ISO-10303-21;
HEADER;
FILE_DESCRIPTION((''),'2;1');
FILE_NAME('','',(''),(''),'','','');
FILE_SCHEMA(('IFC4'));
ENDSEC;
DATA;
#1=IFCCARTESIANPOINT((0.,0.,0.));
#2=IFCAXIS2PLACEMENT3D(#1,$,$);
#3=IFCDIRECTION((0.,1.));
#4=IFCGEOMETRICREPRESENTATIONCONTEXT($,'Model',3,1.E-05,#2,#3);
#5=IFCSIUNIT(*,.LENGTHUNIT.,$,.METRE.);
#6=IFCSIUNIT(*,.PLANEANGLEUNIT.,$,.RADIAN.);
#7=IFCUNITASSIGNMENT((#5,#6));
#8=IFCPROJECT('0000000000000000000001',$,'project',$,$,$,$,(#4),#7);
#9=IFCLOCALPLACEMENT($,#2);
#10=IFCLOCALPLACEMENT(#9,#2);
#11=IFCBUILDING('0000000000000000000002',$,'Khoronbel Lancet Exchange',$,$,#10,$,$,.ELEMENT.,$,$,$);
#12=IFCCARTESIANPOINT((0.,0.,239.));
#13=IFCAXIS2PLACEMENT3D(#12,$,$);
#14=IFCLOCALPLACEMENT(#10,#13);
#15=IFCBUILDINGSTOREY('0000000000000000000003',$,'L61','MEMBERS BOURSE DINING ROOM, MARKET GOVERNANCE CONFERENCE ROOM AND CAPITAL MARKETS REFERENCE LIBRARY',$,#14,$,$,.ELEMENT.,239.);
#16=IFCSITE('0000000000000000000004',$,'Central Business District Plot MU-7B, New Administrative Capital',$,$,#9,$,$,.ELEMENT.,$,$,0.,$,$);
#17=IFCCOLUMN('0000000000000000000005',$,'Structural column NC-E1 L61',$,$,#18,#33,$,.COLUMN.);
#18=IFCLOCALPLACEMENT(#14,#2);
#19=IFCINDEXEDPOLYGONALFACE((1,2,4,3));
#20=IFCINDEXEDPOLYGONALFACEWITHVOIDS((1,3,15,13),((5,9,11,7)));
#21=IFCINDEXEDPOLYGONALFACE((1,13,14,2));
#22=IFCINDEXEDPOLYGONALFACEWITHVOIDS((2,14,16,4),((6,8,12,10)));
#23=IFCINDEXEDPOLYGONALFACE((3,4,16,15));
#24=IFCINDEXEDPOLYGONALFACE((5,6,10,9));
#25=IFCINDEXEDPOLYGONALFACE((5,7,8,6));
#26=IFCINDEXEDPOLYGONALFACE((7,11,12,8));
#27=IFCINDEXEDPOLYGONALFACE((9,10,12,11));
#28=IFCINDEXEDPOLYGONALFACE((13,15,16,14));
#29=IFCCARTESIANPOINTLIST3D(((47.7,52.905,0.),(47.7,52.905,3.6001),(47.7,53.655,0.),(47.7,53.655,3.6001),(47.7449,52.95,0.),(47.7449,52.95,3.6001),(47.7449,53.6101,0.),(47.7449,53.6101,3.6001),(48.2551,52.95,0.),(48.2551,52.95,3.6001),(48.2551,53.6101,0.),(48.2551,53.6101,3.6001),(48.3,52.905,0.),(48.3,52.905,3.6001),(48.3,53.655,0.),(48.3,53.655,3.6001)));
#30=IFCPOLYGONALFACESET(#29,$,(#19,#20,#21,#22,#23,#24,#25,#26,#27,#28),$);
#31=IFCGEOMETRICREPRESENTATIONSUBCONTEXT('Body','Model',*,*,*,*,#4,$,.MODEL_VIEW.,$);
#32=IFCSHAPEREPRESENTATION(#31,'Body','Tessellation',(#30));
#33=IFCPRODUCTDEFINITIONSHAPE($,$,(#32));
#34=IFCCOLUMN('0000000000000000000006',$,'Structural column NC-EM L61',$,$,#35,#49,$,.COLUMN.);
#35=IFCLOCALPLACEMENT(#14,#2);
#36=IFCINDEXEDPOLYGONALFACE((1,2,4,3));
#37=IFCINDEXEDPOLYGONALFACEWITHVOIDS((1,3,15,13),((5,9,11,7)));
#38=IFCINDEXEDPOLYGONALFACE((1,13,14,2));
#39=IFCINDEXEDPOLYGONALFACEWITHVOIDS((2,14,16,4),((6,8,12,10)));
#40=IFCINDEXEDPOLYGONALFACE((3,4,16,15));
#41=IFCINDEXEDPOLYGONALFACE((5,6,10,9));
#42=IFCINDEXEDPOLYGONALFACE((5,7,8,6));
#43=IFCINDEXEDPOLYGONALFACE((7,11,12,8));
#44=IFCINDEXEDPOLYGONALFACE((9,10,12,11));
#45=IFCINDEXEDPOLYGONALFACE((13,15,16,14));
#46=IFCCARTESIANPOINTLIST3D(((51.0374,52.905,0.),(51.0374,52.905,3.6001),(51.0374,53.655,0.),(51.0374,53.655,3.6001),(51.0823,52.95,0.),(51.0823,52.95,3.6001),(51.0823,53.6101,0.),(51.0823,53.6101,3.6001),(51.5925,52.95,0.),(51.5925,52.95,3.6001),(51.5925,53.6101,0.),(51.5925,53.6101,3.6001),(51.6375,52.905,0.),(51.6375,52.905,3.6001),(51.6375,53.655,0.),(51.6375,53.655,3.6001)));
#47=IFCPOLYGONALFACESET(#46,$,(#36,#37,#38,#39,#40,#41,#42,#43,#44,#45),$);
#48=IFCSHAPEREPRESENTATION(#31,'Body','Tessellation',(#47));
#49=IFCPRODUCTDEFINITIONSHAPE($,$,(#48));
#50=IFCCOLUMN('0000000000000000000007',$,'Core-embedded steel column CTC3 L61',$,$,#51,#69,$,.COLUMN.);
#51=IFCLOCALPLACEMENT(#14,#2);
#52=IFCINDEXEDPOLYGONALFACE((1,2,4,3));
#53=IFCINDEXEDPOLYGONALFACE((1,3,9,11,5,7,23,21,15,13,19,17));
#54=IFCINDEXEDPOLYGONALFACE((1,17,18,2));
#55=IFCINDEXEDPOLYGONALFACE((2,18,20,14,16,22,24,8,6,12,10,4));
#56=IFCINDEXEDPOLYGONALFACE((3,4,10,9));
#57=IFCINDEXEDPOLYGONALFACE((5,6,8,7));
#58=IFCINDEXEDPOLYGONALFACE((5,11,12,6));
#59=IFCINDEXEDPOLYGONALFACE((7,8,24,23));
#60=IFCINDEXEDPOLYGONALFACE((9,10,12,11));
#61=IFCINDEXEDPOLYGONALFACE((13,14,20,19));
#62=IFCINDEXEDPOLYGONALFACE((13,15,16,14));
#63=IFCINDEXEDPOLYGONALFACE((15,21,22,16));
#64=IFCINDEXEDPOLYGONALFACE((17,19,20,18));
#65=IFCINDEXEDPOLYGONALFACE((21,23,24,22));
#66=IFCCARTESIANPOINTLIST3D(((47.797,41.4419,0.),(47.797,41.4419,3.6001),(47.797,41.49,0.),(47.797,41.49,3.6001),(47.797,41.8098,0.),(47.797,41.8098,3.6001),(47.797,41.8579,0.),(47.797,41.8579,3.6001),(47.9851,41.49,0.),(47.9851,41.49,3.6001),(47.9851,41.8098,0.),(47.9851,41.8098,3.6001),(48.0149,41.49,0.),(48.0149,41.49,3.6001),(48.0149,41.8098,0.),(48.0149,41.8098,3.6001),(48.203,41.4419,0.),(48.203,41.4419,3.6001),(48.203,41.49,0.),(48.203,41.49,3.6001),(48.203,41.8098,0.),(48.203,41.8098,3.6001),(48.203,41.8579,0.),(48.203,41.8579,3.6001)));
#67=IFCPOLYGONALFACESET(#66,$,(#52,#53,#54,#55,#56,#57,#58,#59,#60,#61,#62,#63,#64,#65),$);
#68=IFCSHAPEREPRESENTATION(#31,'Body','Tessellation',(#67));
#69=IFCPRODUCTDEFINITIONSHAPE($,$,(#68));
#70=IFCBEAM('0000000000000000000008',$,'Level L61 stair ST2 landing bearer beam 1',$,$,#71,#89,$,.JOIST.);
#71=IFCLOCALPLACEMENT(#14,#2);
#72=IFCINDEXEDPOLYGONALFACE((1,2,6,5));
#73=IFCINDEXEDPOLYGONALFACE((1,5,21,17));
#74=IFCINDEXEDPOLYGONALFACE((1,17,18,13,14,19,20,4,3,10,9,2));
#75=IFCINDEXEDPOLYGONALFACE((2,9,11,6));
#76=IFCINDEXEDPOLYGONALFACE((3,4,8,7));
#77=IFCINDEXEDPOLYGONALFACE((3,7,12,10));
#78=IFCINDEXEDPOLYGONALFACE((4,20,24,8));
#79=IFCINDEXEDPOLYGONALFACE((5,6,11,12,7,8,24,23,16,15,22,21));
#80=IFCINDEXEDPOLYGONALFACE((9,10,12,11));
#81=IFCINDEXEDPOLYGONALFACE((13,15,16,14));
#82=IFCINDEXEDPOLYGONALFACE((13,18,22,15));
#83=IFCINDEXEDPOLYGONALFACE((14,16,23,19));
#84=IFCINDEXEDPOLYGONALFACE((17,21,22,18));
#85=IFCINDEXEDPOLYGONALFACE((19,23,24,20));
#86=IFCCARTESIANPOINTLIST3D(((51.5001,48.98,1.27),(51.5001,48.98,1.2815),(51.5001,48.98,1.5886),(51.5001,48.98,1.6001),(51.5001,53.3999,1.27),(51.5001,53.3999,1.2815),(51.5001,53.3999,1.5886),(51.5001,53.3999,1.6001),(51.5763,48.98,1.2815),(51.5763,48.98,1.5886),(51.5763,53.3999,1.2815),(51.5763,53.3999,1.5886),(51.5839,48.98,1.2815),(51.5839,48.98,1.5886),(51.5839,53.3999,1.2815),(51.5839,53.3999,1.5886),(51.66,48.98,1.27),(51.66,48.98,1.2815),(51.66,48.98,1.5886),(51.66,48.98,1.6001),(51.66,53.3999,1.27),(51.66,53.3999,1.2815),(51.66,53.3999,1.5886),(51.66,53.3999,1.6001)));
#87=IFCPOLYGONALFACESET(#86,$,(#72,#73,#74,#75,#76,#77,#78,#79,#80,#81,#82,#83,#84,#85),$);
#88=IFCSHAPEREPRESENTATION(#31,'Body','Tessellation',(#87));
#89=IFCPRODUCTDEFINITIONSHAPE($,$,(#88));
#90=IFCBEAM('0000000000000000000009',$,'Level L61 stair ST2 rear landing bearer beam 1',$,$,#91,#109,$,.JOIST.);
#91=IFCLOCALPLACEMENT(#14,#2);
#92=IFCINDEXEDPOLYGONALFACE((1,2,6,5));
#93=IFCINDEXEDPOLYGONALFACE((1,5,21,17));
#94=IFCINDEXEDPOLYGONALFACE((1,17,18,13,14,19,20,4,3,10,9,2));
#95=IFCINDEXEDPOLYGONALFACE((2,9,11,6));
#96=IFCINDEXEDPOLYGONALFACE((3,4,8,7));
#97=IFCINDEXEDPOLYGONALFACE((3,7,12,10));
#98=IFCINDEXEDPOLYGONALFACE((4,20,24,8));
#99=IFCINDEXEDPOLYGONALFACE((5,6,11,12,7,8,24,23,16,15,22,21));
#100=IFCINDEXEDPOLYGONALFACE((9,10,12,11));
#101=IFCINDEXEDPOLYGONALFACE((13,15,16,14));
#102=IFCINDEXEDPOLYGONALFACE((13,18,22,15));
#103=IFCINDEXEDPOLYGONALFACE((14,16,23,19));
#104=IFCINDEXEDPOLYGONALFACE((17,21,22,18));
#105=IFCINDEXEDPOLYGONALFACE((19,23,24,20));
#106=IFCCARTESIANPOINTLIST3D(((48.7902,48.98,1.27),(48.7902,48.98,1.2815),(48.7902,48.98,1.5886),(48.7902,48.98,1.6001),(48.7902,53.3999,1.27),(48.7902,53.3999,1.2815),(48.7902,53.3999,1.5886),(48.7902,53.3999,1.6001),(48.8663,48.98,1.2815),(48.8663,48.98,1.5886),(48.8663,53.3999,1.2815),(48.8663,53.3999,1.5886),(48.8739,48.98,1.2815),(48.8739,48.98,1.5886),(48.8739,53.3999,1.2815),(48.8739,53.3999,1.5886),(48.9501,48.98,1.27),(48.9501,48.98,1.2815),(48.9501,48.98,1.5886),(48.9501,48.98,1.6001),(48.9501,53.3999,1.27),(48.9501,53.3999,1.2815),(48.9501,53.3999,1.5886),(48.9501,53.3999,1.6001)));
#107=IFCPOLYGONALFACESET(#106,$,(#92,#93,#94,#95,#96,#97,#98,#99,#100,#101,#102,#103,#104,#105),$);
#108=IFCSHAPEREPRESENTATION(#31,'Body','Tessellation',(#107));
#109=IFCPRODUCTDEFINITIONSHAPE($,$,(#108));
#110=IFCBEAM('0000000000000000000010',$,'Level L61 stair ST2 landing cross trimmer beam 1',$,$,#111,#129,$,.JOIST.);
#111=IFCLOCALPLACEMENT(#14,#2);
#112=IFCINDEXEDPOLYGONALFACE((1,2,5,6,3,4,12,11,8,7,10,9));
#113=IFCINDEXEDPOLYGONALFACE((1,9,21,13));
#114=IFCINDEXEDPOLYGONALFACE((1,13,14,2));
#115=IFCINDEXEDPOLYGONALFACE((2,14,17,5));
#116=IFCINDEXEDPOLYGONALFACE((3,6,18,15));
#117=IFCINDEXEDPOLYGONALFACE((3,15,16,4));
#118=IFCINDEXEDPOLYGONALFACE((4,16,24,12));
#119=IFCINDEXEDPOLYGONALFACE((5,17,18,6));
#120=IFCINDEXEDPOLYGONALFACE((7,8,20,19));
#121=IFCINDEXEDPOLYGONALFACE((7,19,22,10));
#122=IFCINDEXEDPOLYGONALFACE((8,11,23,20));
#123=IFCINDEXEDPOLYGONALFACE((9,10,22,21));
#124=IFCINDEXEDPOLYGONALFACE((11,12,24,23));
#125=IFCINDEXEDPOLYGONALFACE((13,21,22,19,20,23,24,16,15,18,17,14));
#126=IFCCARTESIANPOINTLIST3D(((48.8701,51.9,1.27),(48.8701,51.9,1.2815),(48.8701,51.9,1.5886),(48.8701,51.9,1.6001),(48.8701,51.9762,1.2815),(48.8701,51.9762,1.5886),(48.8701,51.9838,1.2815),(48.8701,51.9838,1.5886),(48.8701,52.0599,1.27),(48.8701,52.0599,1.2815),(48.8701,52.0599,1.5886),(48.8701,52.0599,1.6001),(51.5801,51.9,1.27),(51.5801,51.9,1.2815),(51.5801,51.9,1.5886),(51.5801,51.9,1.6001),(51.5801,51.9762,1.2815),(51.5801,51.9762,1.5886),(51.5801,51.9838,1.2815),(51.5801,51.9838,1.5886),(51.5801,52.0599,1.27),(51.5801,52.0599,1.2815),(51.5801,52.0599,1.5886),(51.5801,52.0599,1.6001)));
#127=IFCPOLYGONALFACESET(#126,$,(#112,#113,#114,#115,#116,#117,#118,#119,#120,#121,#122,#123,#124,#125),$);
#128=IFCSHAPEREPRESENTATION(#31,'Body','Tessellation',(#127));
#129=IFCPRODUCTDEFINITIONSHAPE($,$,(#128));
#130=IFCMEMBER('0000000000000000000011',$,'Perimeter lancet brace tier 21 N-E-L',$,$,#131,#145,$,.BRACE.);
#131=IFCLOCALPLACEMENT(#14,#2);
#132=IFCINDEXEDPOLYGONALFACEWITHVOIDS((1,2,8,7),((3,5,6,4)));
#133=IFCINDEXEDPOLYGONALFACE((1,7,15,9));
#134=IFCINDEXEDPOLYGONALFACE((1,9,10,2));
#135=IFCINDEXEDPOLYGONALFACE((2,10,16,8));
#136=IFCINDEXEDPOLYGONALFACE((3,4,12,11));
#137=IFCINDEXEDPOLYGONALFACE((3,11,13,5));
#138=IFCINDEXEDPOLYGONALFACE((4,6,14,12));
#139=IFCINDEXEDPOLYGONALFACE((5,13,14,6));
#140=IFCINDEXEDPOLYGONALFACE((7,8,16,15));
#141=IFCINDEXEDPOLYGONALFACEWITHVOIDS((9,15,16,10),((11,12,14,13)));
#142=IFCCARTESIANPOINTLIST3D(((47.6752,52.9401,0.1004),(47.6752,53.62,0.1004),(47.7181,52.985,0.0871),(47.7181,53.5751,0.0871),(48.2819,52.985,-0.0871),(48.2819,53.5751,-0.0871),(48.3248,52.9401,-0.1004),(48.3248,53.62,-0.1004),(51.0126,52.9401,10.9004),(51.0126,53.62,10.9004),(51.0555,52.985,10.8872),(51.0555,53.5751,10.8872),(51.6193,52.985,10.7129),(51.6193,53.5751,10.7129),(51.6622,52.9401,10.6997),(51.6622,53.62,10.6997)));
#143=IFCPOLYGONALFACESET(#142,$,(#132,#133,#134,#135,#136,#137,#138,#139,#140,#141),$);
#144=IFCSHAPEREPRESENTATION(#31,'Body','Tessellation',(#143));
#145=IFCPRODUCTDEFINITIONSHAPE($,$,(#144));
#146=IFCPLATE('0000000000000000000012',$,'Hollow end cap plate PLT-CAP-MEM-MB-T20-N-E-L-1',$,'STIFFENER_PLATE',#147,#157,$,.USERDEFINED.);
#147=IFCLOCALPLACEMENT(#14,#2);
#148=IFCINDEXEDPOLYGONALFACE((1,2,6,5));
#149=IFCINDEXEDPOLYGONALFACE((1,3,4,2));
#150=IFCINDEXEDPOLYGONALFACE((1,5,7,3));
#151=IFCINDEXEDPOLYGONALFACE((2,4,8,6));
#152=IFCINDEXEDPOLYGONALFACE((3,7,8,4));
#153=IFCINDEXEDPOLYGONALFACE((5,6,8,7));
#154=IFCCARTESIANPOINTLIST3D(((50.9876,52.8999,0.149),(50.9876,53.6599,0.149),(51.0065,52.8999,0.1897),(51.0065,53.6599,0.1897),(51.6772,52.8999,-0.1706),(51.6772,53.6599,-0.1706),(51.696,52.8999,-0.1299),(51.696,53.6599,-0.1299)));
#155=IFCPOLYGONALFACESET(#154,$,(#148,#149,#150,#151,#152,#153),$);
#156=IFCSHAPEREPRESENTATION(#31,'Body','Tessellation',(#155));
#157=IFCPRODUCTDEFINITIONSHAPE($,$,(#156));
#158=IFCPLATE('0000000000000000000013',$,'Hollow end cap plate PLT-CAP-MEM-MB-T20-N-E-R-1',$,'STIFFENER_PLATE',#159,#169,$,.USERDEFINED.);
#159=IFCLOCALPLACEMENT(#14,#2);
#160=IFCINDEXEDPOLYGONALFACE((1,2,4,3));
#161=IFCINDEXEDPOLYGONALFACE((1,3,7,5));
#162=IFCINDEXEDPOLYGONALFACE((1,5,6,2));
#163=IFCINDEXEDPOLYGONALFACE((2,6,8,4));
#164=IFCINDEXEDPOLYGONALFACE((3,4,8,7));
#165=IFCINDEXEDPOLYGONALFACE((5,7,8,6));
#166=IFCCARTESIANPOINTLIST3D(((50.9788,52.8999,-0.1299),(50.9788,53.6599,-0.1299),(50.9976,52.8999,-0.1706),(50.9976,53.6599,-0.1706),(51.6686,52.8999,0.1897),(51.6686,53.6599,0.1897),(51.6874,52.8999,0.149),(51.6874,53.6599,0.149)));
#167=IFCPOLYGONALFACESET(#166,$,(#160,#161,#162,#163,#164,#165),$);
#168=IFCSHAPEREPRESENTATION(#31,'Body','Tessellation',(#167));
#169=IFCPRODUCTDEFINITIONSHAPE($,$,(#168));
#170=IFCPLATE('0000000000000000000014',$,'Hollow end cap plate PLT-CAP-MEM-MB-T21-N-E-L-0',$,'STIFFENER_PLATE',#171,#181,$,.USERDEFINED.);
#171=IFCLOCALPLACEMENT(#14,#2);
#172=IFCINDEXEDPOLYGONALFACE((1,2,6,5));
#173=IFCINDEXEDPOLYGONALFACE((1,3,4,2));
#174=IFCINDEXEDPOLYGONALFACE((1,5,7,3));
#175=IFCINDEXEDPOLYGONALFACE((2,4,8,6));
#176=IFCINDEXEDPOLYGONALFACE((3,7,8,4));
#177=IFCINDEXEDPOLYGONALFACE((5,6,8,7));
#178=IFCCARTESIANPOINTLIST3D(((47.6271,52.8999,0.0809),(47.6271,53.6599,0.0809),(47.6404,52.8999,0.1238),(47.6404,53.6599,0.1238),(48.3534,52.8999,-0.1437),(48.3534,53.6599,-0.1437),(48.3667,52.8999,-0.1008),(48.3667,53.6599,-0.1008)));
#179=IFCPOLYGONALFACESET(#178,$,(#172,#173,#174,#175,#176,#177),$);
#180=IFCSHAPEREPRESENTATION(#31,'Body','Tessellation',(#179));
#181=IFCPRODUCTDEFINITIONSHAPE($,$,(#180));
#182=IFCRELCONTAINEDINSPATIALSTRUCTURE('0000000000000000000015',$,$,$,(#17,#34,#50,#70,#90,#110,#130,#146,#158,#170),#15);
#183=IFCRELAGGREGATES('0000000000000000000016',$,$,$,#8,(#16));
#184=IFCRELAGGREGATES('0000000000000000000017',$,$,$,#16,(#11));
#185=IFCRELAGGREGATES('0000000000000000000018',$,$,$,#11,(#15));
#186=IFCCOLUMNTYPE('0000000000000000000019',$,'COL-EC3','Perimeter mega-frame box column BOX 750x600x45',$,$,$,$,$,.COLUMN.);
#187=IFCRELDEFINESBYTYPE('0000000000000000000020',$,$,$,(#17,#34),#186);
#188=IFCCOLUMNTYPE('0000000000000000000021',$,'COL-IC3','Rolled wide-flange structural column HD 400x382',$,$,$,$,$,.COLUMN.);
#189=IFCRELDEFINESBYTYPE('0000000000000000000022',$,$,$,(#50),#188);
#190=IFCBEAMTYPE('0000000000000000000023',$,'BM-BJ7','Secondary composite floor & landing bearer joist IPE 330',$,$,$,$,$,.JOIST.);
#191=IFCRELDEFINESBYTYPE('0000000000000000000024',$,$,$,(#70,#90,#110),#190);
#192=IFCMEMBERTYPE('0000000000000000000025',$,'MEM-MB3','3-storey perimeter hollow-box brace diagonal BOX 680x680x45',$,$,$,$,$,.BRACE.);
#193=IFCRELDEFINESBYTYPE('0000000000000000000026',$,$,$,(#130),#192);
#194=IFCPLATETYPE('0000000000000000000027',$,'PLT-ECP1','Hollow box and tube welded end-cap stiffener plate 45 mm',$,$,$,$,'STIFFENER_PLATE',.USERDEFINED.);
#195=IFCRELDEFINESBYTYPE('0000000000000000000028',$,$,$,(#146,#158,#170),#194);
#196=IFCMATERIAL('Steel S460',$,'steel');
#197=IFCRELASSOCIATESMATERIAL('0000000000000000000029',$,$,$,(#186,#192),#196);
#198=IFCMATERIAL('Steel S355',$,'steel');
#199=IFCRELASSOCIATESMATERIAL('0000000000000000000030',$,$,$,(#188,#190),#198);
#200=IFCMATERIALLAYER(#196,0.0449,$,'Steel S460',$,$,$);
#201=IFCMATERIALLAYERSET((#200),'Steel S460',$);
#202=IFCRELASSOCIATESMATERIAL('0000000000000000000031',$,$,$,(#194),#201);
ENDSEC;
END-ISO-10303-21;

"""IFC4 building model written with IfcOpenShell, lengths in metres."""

from ifc_helpers import new_model, si_unit, direction, frame, origin, origin_2d, place, context, subcontext, project, spatial, polyline, hollow_rectangle, i_section, outline, extrude, material, layer, layer_set, material_profile, profile_set, type_object, element, save


model = new_model("IFC4")

# Units and contexts
model_context = context("Model", 3, precision=1e-05, world=origin(), true_north=direction((0.0, 1.0)))
body_context = subcontext(model_context, "Body", "Model", "MODEL_VIEW")
ifc_project = project(units=[si_unit("LENGTHUNIT", "METRE"), si_unit("PLANEANGLEUNIT", "RADIAN")], contexts=[model_context])

# Site, building, storey
site_placement = place(None, origin())
site = spatial("IfcSite", under=ifc_project, at=site_placement, Name="Central Business District Plot MU-7B, New Administrative Capital", CompositionType="ELEMENT", RefElevation=0.0)
building_placement = place(site_placement, origin())
building = spatial("IfcBuilding", under=site, at=building_placement, Name="Khoronbel Lancet Exchange", CompositionType="ELEMENT")
storey_placement = place(building_placement, frame((0.0, 0.0, 239.0)))
storey = spatial("IfcBuildingStorey", under=building, at=storey_placement, Name="L61", Description="MEMBERS BOURSE DINING ROOM, MARKET GOVERNANCE CONFERENCE ROOM AND CAPITAL MARKETS REFERENCE LIBRARY", CompositionType="ELEMENT", Elevation=239.0)

# Columns
ifc_material_1 = material(Name="Steel S460", Category="steel")
ifc_material_profile_1 = material_profile(ifc_material_1, hollow_rectangle(XDim=0.6001, YDim=0.75, WallThickness=0.0449, at=origin_2d()), Name="BOX 750x600x45")
ifc_profile_set_1 = profile_set([ifc_material_profile_1], Name="Steel S460")
column_type_1 = type_object("IfcColumnType", Name="COL-EC3", Description="Perimeter mega-frame box column BOX 750x600x45", PredefinedType="COLUMN", material=ifc_profile_set_1)
for number, where, z_axis, x_axis, name in (
    (1, (48.0, 53.28, 0.0), (0.0, 0.0, 1.0), (1.0, 0.0, 0.0), "Structural column NC-E1 L61"),
    (2, (51.3374, 53.28, 0.0), (0.0, 0.0, 1.0), (1.0, 0.0, 0.0), "Structural column NC-EM L61"),
):
    element("IfcColumn", number, at=place(storey_placement, frame(where, z_axis=z_axis, x_axis=x_axis)), inside=storey, type_object=column_type_1, Name=name, PredefinedType="COLUMN", context=body_context, shape_type="SweptSolid", body=[
        extrude(hollow_rectangle(XDim=0.6001, YDim=0.75, WallThickness=0.0449, at=origin_2d()), origin(), (0.0, 0.0, 1.0), 3.6001),
    ])
ifc_material_2 = material(Name="Steel S355", Category="steel")
ifc_material_profile_2 = material_profile(ifc_material_2, i_section(OverallWidth=0.406, OverallDepth=0.416, WebThickness=0.0298, FlangeThickness=0.0481, at=origin_2d()), Name="HD 400x382")
ifc_profile_set_2 = profile_set([ifc_material_profile_2], Name="Steel S355")
column_type_2 = type_object("IfcColumnType", Name="COL-IC3", Description="Rolled wide-flange structural column HD 400x382", PredefinedType="COLUMN", material=ifc_profile_set_2)
column_placement = place(storey_placement, frame((48.0, 41.6499, 0.0), z_axis=(0.0, 0.0, 1.0), x_axis=(1.0, 0.0, 0.0)))
element("IfcColumn", 3, at=column_placement, inside=storey, type_object=column_type_2, Name="Core-embedded steel column CTC3 L61", PredefinedType="COLUMN", context=body_context, shape_type="SweptSolid", body=[
    extrude(i_section(OverallWidth=0.406, OverallDepth=0.416, WebThickness=0.0298, FlangeThickness=0.0481, at=origin_2d()), origin(), (0.0, 0.0, 1.0), 3.6001),
])

# Beams
ifc_material_profile_3 = material_profile(ifc_material_2, i_section(OverallWidth=0.1599, OverallDepth=0.3301, WebThickness=0.0076, FlangeThickness=0.0115, at=origin_2d()), Name="IPE 330")
ifc_profile_set_3 = profile_set([ifc_material_profile_3], Name="Steel S355")
beam_type = type_object("IfcBeamType", Name="BM-BJ7", Description="Secondary composite floor & landing bearer joist IPE 330", PredefinedType="JOIST", material=ifc_profile_set_3)
for number, where, z_axis, x_axis, name in (
    (4, (51.5801, 48.98, 1.4351), (0.0, 1.0, 0.0), (-1.0, 0.0, 0.0), "Level L61 stair ST2 landing bearer beam 1"),
    (5, (48.8701, 48.98, 1.4351), (0.0, 1.0, 0.0), (-1.0, 0.0, 0.0), "Level L61 stair ST2 rear landing bearer beam 1"),
):
    element("IfcBeam", number, at=place(storey_placement, frame(where, z_axis=z_axis, x_axis=x_axis)), inside=storey, type_object=beam_type, Name=name, PredefinedType="JOIST", context=body_context, shape_type="SweptSolid", body=[
        extrude(i_section(OverallWidth=0.1599, OverallDepth=0.3301, WebThickness=0.0076, FlangeThickness=0.0115, at=origin_2d()), origin(), (0.0, 0.0, 1.0), 4.4199),
    ])
beam_placement = place(storey_placement, frame((48.8701, 51.98, 1.4351), z_axis=(1.0, 0.0, 0.0), x_axis=(0.0, 1.0, 0.0)))
element("IfcBeam", 6, at=beam_placement, inside=storey, type_object=beam_type, Name="Level L61 stair ST2 landing cross trimmer beam 1", PredefinedType="JOIST", context=body_context, shape_type="SweptSolid", body=[
    extrude(i_section(OverallWidth=0.1599, OverallDepth=0.3301, WebThickness=0.0076, FlangeThickness=0.0115, at=origin_2d()), origin(), (0.0, 0.0, 1.0), 2.71),
])

# Member
ifc_material_profile_4 = material_profile(ifc_material_1, hollow_rectangle(XDim=0.6799, YDim=0.6799, WallThickness=0.0449, at=origin_2d()), Name="BOX 680x680x45")
ifc_profile_set_4 = profile_set([ifc_material_profile_4], Name="Steel S460")
member_type = type_object("IfcMemberType", Name="MEM-MB3", Description="3-storey perimeter hollow-box brace diagonal BOX 680x680x45", PredefinedType="BRACE", material=ifc_profile_set_4)
member_placement = place(storey_placement, frame((48.0, 53.28, 0.0), z_axis=(0.295242, 0.0, 0.955422), x_axis=(0.0, 1.0, 0.0)))
element("IfcMember", 7, at=member_placement, inside=storey, type_object=member_type, Name="Perimeter lancet brace tier 21 N-E-L", PredefinedType="BRACE", context=body_context, shape_type="SweptSolid", body=[
    extrude(hollow_rectangle(XDim=0.6799, YDim=0.6799, WallThickness=0.0449, at=origin_2d()), origin(), (0.0, 0.0, 1.0), 11.304),
])

# Plates
ifc_layer_1 = layer(ifc_material_1, 0.0449, Name="Steel S460")
ifc_layer_set_1 = layer_set([ifc_layer_1], Name="Steel S460")
plate_type = type_object("IfcPlateType", Name="PLT-ECP1", Description="Hollow box and tube welded end-cap stiffener plate 45 mm", ElementType="STIFFENER_PLATE", PredefinedType="USERDEFINED", material=ifc_layer_set_1)
plate_placement = place(storey_placement, frame((51.696, 52.8999, -0.1299), z_axis=(0.420545, 0.0, 0.907272), x_axis=(0.0, 1.0, 0.0)))
element("IfcPlate", 8, at=plate_placement, inside=storey, type_object=plate_type, Name="Hollow end cap plate PLT-CAP-MEM-MB-T20-N-E-L-1", ObjectType="STIFFENER_PLATE", PredefinedType="USERDEFINED", context=body_context, shape_type="SweptSolid", body=[
    extrude(outline(polyline([(0.0, 0.0), (0.76, 0.0), (0.76, 0.76), (0.0, 0.76), (0.0, 0.0)])), origin(), (0.0, 0.0, -1.0), 0.0449),
])
for number, where, z_axis, x_axis, name in (
    (9, (50.9788, 53.6599, -0.1299), (-0.420422, 0.0, 0.907329), (0.0, -1.0, 0.0), "Hollow end cap plate PLT-CAP-MEM-MB-T20-N-E-R-1"),
    (10, (48.3667, 52.8999, -0.1008), (0.29544, 0.0, 0.955361), (0.0, 1.0, 0.0), "Hollow end cap plate PLT-CAP-MEM-MB-T21-N-E-L-0"),
):
    element("IfcPlate", number, at=place(storey_placement, frame(where, z_axis=z_axis, x_axis=x_axis)), inside=storey, type_object=plate_type, Name=name, ObjectType="STIFFENER_PLATE", PredefinedType="USERDEFINED", context=body_context, shape_type="SweptSolid", body=[
        extrude(outline(polyline([(0.0, 0.0), (0.76, 0.0), (0.76, 0.7603), (0.0, 0.7603), (0.0, 0.0)])), origin(), (0.0, 0.0, -1.0), 0.0449),
    ])

save(model, "model.ifc")
